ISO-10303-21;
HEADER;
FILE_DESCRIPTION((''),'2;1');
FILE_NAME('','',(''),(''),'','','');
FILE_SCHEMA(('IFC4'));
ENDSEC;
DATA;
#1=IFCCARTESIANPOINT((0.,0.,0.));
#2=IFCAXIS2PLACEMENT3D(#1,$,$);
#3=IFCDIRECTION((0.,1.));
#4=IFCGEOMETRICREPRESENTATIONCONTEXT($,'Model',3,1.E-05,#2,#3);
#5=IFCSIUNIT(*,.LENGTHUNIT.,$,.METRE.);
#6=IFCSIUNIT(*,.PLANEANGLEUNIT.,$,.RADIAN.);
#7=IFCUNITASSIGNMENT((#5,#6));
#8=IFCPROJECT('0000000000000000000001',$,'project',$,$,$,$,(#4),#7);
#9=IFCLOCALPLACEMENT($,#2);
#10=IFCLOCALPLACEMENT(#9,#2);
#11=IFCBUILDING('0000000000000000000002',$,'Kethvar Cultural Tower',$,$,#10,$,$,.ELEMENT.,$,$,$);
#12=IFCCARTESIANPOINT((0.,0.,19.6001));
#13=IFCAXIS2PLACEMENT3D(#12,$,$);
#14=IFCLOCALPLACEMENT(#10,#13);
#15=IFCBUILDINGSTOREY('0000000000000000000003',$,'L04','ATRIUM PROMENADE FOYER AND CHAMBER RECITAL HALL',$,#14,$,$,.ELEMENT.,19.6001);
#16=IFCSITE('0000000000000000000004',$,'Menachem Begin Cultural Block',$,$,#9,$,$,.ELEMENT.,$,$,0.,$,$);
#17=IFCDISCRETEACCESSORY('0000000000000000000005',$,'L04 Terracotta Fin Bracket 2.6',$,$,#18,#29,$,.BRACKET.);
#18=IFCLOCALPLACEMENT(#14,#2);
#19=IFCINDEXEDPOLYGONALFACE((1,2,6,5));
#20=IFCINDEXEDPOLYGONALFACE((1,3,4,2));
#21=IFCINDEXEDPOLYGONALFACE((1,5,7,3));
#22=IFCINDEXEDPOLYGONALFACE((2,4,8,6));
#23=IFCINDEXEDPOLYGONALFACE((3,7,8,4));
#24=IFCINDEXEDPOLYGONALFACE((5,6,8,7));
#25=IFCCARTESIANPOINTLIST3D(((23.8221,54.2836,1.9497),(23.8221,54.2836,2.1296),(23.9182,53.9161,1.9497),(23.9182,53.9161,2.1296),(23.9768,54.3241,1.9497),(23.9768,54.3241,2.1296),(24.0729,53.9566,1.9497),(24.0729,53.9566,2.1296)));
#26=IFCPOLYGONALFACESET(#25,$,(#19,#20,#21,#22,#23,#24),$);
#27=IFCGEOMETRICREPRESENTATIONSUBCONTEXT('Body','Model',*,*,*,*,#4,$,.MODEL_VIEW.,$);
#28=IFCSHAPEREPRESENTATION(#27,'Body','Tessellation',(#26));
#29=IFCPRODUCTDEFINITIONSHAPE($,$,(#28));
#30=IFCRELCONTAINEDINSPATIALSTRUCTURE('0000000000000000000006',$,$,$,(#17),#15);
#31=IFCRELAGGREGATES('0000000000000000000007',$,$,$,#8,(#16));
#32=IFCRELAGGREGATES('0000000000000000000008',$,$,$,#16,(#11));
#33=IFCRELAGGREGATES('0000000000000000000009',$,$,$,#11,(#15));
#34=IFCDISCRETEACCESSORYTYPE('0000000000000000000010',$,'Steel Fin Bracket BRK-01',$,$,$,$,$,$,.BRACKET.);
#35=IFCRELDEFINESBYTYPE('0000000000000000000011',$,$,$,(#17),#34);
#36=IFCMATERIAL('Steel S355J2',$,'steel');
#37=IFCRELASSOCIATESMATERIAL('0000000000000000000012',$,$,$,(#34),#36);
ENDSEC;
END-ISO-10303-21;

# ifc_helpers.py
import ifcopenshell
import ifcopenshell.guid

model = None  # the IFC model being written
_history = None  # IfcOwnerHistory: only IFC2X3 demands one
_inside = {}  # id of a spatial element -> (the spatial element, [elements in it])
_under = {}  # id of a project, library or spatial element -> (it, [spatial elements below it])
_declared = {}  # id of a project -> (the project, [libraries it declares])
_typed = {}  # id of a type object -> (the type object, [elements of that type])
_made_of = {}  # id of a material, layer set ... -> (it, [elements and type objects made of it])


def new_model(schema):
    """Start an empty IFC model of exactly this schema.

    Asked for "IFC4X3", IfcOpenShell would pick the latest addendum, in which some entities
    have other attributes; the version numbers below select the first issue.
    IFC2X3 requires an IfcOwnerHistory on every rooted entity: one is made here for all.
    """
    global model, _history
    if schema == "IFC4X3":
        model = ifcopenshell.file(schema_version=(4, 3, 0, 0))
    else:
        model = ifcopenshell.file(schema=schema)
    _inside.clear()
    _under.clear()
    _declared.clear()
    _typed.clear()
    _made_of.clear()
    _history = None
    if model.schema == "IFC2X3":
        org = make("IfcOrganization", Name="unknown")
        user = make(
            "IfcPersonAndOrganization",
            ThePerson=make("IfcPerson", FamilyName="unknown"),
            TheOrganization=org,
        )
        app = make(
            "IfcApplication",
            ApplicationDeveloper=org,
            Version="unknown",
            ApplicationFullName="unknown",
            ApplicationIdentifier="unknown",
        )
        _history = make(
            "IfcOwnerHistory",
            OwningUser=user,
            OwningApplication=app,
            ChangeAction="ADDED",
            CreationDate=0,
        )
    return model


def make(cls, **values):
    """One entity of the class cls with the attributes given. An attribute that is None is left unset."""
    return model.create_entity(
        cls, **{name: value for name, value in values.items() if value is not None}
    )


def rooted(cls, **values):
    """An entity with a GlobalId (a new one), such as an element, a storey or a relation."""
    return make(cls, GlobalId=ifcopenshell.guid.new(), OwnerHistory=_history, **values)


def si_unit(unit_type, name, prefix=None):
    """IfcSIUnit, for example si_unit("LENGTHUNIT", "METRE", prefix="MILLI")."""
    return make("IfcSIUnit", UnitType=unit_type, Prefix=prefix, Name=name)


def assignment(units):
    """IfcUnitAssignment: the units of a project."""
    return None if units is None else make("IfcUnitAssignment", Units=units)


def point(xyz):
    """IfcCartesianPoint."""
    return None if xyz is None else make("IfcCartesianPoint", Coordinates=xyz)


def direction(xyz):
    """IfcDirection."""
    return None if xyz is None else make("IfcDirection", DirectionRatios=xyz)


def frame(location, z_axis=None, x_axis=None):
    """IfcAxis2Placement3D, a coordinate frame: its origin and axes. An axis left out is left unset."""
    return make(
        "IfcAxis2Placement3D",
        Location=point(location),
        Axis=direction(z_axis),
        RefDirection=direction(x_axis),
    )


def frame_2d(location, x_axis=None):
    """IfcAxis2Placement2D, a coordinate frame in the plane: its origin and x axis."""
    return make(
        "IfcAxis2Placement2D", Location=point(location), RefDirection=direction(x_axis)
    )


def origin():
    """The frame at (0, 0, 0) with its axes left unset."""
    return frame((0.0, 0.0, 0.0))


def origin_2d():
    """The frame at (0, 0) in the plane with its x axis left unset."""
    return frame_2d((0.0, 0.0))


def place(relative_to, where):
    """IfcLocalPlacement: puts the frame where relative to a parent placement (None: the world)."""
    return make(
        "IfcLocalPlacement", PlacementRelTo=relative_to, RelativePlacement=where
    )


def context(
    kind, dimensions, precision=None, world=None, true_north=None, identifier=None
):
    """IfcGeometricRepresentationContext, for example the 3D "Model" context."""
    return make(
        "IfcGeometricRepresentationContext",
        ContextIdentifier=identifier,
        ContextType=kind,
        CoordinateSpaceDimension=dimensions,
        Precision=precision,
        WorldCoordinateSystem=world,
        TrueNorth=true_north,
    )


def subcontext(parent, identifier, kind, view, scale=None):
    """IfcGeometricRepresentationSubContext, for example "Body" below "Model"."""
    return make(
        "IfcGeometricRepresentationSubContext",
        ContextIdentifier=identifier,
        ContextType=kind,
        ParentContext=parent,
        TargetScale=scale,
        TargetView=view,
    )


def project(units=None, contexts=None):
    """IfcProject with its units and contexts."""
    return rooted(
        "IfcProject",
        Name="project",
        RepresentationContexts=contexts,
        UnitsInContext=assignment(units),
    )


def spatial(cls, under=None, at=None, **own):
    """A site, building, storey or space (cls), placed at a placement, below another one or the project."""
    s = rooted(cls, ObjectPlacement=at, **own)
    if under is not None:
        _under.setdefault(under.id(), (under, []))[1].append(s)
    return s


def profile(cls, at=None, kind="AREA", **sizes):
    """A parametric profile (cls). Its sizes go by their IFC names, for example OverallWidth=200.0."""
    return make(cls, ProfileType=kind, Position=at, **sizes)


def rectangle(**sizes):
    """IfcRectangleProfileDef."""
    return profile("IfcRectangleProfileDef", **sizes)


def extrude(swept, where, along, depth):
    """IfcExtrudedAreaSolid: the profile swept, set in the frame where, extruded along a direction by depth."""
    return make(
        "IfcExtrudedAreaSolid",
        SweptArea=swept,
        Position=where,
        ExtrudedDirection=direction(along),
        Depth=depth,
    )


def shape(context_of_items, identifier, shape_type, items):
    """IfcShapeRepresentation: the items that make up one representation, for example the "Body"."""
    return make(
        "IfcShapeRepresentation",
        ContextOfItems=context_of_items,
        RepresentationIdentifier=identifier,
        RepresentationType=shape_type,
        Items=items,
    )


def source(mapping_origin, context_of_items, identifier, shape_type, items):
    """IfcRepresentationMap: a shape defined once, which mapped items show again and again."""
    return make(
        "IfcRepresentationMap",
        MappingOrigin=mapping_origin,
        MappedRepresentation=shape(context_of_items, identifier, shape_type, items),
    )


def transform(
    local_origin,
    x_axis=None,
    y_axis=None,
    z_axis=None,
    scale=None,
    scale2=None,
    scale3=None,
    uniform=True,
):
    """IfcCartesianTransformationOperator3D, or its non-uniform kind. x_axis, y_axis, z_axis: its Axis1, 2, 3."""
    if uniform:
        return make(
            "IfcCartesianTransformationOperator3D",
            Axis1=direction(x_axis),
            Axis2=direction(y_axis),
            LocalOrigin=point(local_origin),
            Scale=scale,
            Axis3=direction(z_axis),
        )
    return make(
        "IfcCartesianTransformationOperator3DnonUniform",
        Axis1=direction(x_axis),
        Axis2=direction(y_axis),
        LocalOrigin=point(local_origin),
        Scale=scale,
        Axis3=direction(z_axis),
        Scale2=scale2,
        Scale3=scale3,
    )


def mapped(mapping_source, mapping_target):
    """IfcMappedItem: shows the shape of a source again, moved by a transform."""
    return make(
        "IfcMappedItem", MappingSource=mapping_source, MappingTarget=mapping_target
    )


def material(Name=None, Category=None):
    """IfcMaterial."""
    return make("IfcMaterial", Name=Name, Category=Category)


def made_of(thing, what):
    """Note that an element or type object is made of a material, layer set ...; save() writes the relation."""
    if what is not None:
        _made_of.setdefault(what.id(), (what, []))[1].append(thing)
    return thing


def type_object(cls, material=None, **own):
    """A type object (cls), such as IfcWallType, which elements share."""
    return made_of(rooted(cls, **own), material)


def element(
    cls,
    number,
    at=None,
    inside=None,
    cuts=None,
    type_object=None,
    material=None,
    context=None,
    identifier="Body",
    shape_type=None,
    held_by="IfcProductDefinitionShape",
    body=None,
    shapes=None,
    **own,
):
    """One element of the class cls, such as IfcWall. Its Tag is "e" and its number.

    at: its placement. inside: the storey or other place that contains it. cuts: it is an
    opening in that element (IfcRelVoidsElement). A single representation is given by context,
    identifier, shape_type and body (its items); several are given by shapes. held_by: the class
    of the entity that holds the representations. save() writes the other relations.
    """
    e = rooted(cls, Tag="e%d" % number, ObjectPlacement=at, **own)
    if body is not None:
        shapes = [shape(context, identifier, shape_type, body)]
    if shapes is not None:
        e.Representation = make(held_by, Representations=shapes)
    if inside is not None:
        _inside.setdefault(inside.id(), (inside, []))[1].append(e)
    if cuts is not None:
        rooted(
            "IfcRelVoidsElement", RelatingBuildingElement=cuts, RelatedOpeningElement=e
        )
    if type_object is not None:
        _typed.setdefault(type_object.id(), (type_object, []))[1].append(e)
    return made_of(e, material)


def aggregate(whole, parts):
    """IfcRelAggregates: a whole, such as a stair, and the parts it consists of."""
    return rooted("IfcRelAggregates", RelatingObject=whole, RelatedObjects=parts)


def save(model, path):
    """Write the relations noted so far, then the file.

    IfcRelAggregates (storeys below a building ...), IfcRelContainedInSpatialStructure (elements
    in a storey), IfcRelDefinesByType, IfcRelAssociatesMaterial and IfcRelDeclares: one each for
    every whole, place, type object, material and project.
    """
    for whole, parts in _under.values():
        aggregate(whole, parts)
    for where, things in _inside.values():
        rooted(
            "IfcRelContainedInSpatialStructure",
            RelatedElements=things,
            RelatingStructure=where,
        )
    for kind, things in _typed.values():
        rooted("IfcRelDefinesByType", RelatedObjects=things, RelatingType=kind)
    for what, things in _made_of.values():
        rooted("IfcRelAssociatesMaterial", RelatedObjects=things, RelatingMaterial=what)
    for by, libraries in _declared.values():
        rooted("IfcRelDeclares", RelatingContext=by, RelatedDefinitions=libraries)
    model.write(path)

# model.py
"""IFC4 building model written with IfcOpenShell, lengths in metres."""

from ifc_helpers import new_model, si_unit, direction, frame, origin, origin_2d, place, context, subcontext, project, spatial, rectangle, extrude, source, transform, mapped, material, type_object, element, save


model = new_model("IFC4")

# Units and contexts
model_context = context("Model", 3, precision=1e-05, world=origin(), true_north=direction((0.0, 1.0)))
body_context = subcontext(model_context, "Body", "Model", "MODEL_VIEW")
ifc_project = project(units=[si_unit("LENGTHUNIT", "METRE"), si_unit("PLANEANGLEUNIT", "RADIAN")], contexts=[model_context])

# Site, building, storey
site_placement = place(None, origin())
site = spatial("IfcSite", under=ifc_project, at=site_placement, Name="Menachem Begin Cultural Block", CompositionType="ELEMENT", RefElevation=0.0)
building_placement = place(site_placement, origin())
building = spatial("IfcBuilding", under=site, at=building_placement, Name="Kethvar Cultural Tower", CompositionType="ELEMENT")
storey_placement = place(building_placement, frame((0.0, 0.0, 19.6001)))
storey = spatial("IfcBuildingStorey", under=building, at=storey_placement, Name="L04", Description="ATRIUM PROMENADE FOYER AND CHAMBER RECITAL HALL", CompositionType="ELEMENT", Elevation=19.6001)

# Shared definitions
ifc_material_1 = material(Name="Steel S355J2", Category="steel")

# Discrete accessory
discrete_accessory_type = type_object("IfcDiscreteAccessoryType", Name="Steel Fin Bracket BRK-01", PredefinedType="BRACKET", material=ifc_material_1)
shared_shape_1 = source(origin(), body_context, "Body", "SweptSolid", [
    extrude(rectangle(XDim=0.3799, YDim=0.1599, at=origin_2d()), origin(), (0.0, 0.0, 1.0), 0.1799),
])
for number, where, z_axis, x_axis, name in (
    (1, (23.9475, 54.1201, 1.9497), (0.0, 0.0, 1.0), (-0.253083, 0.967445, 0.0), "L04 Terracotta Fin Bracket 2.6"),
):
    element("IfcDiscreteAccessory", number, at=place(storey_placement, frame(where, z_axis=z_axis, x_axis=x_axis)), inside=storey, type_object=discrete_accessory_type, Name=name, PredefinedType="BRACKET", context=body_context, shape_type="MappedRepresentation", body=[
        mapped(shared_shape_1, transform((0.0, 0.0, 0.0), scale=1.0)),
    ])

save(model, "model.ifc")
